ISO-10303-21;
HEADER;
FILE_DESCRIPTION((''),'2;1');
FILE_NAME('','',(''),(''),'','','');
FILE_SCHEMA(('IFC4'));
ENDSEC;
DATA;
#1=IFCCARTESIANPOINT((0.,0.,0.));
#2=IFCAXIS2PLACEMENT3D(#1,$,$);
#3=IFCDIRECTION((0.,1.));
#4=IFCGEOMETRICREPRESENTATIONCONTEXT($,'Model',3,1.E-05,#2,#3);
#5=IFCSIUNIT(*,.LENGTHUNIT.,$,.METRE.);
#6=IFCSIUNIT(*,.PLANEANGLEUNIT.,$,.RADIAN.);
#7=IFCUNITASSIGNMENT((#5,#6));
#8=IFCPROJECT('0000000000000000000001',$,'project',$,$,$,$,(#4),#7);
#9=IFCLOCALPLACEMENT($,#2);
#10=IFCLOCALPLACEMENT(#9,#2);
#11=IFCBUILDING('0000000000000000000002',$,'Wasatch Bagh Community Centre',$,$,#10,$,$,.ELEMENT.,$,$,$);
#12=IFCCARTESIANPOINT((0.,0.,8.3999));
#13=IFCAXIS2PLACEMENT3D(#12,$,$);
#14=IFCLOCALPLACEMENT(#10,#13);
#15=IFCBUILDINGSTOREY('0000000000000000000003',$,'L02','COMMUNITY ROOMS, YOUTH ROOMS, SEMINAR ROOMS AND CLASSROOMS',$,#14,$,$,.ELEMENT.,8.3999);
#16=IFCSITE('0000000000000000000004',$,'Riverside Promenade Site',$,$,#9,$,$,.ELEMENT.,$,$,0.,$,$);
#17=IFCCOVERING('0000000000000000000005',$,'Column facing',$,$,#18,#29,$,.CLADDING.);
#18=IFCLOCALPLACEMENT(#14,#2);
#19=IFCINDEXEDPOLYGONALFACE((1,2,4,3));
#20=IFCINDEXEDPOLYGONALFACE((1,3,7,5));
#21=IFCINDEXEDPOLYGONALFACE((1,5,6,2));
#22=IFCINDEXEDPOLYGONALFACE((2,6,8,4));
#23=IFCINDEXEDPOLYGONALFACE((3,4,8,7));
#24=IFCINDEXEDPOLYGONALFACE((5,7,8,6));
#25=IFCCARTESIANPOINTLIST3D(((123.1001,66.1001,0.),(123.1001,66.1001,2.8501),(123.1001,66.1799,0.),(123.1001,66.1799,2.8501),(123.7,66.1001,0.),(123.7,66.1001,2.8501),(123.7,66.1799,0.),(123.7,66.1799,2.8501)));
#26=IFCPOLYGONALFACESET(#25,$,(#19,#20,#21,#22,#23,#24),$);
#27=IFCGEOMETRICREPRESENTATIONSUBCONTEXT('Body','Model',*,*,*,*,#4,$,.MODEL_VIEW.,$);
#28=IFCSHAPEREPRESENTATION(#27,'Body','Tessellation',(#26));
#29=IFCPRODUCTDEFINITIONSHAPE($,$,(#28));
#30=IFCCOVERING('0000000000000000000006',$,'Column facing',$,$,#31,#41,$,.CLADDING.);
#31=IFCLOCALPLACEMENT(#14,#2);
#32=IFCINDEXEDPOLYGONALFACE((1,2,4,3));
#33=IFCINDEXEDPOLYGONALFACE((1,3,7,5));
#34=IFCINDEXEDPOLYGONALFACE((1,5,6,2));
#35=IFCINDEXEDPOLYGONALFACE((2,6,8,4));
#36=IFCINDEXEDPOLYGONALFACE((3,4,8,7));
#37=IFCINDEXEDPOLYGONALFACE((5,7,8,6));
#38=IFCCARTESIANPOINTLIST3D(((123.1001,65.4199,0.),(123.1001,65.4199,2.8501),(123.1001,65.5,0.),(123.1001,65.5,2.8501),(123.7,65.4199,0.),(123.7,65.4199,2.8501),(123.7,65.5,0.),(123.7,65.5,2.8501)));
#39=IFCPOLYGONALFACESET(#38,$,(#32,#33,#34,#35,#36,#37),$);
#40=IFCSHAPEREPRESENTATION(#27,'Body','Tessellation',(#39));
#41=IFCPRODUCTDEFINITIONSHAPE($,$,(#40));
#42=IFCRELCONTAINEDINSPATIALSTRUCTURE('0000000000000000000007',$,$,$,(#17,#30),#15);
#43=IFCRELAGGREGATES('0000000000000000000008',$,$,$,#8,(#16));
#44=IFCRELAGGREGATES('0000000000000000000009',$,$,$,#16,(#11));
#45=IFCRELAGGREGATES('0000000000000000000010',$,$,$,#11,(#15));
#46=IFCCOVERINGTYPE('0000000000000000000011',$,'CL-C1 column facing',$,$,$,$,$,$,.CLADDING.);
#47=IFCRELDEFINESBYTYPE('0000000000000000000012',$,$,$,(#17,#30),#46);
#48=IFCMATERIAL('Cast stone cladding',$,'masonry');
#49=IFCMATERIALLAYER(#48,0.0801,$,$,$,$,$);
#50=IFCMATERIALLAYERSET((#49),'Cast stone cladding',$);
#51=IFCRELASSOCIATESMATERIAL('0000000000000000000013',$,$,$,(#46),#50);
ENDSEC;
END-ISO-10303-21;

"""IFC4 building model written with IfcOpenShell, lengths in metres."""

from ifc_helpers import new_model, si_unit, direction, frame, origin, place, context, subcontext, project, spatial, polyline, outline, extrude, material, layer, layer_set, type_object, element, save


model = new_model("IFC4")

# Units and contexts
model_context = context("Model", 3, precision=1e-05, world=origin(), true_north=direction((0.0, 1.0)))
body_context = subcontext(model_context, "Body", "Model", "MODEL_VIEW")
ifc_project = project(units=[si_unit("LENGTHUNIT", "METRE"), si_unit("PLANEANGLEUNIT", "RADIAN")], contexts=[model_context])

# Site, building, storey
site_placement = place(None, origin())
site = spatial("IfcSite", under=ifc_project, at=site_placement, Name="Riverside Promenade Site", CompositionType="ELEMENT", RefElevation=0.0)
building_placement = place(site_placement, origin())
building = spatial("IfcBuilding", under=site, at=building_placement, Name="Wasatch Bagh Community Centre", CompositionType="ELEMENT")
storey_placement = place(building_placement, frame((0.0, 0.0, 8.3999)))
storey = spatial("IfcBuildingStorey", under=building, at=storey_placement, Name="L02", Description="COMMUNITY ROOMS, YOUTH ROOMS, SEMINAR ROOMS AND CLASSROOMS", CompositionType="ELEMENT", Elevation=8.3999)

# Coverings
ifc_material = material(Name="Cast stone cladding", Category="masonry")
ifc_layer = layer(ifc_material, 0.0801)
ifc_layer_set = layer_set([ifc_layer], Name="Cast stone cladding")
covering_type = type_object("IfcCoveringType", Name="CL-C1 column facing", PredefinedType="CLADDING", material=ifc_layer_set)
covering_1_placement = place(storey_placement, origin())
element("IfcCovering", 1, at=covering_1_placement, inside=storey, type_object=covering_type, Name="Column facing", PredefinedType="CLADDING", context=body_context, shape_type="SweptSolid", body=[
    extrude(outline(polyline([(123.1001, 66.1001), (123.1001, 66.1799), (123.7, 66.1799), (123.7, 66.1001), (123.1001, 66.1001)])), origin(), (0.0, 0.0, 1.0), 2.8501),
])
covering_2_placement = place(storey_placement, origin())
element("IfcCovering", 2, at=covering_2_placement, inside=storey, type_object=covering_type, Name="Column facing", PredefinedType="CLADDING", context=body_context, shape_type="SweptSolid", body=[
    extrude(outline(polyline([(123.7, 65.5), (123.7, 65.4199), (123.1001, 65.4199), (123.1001, 65.5), (123.7, 65.5)])), origin(), (0.0, 0.0, 1.0), 2.8501),
])

save(model, "model.ifc")
